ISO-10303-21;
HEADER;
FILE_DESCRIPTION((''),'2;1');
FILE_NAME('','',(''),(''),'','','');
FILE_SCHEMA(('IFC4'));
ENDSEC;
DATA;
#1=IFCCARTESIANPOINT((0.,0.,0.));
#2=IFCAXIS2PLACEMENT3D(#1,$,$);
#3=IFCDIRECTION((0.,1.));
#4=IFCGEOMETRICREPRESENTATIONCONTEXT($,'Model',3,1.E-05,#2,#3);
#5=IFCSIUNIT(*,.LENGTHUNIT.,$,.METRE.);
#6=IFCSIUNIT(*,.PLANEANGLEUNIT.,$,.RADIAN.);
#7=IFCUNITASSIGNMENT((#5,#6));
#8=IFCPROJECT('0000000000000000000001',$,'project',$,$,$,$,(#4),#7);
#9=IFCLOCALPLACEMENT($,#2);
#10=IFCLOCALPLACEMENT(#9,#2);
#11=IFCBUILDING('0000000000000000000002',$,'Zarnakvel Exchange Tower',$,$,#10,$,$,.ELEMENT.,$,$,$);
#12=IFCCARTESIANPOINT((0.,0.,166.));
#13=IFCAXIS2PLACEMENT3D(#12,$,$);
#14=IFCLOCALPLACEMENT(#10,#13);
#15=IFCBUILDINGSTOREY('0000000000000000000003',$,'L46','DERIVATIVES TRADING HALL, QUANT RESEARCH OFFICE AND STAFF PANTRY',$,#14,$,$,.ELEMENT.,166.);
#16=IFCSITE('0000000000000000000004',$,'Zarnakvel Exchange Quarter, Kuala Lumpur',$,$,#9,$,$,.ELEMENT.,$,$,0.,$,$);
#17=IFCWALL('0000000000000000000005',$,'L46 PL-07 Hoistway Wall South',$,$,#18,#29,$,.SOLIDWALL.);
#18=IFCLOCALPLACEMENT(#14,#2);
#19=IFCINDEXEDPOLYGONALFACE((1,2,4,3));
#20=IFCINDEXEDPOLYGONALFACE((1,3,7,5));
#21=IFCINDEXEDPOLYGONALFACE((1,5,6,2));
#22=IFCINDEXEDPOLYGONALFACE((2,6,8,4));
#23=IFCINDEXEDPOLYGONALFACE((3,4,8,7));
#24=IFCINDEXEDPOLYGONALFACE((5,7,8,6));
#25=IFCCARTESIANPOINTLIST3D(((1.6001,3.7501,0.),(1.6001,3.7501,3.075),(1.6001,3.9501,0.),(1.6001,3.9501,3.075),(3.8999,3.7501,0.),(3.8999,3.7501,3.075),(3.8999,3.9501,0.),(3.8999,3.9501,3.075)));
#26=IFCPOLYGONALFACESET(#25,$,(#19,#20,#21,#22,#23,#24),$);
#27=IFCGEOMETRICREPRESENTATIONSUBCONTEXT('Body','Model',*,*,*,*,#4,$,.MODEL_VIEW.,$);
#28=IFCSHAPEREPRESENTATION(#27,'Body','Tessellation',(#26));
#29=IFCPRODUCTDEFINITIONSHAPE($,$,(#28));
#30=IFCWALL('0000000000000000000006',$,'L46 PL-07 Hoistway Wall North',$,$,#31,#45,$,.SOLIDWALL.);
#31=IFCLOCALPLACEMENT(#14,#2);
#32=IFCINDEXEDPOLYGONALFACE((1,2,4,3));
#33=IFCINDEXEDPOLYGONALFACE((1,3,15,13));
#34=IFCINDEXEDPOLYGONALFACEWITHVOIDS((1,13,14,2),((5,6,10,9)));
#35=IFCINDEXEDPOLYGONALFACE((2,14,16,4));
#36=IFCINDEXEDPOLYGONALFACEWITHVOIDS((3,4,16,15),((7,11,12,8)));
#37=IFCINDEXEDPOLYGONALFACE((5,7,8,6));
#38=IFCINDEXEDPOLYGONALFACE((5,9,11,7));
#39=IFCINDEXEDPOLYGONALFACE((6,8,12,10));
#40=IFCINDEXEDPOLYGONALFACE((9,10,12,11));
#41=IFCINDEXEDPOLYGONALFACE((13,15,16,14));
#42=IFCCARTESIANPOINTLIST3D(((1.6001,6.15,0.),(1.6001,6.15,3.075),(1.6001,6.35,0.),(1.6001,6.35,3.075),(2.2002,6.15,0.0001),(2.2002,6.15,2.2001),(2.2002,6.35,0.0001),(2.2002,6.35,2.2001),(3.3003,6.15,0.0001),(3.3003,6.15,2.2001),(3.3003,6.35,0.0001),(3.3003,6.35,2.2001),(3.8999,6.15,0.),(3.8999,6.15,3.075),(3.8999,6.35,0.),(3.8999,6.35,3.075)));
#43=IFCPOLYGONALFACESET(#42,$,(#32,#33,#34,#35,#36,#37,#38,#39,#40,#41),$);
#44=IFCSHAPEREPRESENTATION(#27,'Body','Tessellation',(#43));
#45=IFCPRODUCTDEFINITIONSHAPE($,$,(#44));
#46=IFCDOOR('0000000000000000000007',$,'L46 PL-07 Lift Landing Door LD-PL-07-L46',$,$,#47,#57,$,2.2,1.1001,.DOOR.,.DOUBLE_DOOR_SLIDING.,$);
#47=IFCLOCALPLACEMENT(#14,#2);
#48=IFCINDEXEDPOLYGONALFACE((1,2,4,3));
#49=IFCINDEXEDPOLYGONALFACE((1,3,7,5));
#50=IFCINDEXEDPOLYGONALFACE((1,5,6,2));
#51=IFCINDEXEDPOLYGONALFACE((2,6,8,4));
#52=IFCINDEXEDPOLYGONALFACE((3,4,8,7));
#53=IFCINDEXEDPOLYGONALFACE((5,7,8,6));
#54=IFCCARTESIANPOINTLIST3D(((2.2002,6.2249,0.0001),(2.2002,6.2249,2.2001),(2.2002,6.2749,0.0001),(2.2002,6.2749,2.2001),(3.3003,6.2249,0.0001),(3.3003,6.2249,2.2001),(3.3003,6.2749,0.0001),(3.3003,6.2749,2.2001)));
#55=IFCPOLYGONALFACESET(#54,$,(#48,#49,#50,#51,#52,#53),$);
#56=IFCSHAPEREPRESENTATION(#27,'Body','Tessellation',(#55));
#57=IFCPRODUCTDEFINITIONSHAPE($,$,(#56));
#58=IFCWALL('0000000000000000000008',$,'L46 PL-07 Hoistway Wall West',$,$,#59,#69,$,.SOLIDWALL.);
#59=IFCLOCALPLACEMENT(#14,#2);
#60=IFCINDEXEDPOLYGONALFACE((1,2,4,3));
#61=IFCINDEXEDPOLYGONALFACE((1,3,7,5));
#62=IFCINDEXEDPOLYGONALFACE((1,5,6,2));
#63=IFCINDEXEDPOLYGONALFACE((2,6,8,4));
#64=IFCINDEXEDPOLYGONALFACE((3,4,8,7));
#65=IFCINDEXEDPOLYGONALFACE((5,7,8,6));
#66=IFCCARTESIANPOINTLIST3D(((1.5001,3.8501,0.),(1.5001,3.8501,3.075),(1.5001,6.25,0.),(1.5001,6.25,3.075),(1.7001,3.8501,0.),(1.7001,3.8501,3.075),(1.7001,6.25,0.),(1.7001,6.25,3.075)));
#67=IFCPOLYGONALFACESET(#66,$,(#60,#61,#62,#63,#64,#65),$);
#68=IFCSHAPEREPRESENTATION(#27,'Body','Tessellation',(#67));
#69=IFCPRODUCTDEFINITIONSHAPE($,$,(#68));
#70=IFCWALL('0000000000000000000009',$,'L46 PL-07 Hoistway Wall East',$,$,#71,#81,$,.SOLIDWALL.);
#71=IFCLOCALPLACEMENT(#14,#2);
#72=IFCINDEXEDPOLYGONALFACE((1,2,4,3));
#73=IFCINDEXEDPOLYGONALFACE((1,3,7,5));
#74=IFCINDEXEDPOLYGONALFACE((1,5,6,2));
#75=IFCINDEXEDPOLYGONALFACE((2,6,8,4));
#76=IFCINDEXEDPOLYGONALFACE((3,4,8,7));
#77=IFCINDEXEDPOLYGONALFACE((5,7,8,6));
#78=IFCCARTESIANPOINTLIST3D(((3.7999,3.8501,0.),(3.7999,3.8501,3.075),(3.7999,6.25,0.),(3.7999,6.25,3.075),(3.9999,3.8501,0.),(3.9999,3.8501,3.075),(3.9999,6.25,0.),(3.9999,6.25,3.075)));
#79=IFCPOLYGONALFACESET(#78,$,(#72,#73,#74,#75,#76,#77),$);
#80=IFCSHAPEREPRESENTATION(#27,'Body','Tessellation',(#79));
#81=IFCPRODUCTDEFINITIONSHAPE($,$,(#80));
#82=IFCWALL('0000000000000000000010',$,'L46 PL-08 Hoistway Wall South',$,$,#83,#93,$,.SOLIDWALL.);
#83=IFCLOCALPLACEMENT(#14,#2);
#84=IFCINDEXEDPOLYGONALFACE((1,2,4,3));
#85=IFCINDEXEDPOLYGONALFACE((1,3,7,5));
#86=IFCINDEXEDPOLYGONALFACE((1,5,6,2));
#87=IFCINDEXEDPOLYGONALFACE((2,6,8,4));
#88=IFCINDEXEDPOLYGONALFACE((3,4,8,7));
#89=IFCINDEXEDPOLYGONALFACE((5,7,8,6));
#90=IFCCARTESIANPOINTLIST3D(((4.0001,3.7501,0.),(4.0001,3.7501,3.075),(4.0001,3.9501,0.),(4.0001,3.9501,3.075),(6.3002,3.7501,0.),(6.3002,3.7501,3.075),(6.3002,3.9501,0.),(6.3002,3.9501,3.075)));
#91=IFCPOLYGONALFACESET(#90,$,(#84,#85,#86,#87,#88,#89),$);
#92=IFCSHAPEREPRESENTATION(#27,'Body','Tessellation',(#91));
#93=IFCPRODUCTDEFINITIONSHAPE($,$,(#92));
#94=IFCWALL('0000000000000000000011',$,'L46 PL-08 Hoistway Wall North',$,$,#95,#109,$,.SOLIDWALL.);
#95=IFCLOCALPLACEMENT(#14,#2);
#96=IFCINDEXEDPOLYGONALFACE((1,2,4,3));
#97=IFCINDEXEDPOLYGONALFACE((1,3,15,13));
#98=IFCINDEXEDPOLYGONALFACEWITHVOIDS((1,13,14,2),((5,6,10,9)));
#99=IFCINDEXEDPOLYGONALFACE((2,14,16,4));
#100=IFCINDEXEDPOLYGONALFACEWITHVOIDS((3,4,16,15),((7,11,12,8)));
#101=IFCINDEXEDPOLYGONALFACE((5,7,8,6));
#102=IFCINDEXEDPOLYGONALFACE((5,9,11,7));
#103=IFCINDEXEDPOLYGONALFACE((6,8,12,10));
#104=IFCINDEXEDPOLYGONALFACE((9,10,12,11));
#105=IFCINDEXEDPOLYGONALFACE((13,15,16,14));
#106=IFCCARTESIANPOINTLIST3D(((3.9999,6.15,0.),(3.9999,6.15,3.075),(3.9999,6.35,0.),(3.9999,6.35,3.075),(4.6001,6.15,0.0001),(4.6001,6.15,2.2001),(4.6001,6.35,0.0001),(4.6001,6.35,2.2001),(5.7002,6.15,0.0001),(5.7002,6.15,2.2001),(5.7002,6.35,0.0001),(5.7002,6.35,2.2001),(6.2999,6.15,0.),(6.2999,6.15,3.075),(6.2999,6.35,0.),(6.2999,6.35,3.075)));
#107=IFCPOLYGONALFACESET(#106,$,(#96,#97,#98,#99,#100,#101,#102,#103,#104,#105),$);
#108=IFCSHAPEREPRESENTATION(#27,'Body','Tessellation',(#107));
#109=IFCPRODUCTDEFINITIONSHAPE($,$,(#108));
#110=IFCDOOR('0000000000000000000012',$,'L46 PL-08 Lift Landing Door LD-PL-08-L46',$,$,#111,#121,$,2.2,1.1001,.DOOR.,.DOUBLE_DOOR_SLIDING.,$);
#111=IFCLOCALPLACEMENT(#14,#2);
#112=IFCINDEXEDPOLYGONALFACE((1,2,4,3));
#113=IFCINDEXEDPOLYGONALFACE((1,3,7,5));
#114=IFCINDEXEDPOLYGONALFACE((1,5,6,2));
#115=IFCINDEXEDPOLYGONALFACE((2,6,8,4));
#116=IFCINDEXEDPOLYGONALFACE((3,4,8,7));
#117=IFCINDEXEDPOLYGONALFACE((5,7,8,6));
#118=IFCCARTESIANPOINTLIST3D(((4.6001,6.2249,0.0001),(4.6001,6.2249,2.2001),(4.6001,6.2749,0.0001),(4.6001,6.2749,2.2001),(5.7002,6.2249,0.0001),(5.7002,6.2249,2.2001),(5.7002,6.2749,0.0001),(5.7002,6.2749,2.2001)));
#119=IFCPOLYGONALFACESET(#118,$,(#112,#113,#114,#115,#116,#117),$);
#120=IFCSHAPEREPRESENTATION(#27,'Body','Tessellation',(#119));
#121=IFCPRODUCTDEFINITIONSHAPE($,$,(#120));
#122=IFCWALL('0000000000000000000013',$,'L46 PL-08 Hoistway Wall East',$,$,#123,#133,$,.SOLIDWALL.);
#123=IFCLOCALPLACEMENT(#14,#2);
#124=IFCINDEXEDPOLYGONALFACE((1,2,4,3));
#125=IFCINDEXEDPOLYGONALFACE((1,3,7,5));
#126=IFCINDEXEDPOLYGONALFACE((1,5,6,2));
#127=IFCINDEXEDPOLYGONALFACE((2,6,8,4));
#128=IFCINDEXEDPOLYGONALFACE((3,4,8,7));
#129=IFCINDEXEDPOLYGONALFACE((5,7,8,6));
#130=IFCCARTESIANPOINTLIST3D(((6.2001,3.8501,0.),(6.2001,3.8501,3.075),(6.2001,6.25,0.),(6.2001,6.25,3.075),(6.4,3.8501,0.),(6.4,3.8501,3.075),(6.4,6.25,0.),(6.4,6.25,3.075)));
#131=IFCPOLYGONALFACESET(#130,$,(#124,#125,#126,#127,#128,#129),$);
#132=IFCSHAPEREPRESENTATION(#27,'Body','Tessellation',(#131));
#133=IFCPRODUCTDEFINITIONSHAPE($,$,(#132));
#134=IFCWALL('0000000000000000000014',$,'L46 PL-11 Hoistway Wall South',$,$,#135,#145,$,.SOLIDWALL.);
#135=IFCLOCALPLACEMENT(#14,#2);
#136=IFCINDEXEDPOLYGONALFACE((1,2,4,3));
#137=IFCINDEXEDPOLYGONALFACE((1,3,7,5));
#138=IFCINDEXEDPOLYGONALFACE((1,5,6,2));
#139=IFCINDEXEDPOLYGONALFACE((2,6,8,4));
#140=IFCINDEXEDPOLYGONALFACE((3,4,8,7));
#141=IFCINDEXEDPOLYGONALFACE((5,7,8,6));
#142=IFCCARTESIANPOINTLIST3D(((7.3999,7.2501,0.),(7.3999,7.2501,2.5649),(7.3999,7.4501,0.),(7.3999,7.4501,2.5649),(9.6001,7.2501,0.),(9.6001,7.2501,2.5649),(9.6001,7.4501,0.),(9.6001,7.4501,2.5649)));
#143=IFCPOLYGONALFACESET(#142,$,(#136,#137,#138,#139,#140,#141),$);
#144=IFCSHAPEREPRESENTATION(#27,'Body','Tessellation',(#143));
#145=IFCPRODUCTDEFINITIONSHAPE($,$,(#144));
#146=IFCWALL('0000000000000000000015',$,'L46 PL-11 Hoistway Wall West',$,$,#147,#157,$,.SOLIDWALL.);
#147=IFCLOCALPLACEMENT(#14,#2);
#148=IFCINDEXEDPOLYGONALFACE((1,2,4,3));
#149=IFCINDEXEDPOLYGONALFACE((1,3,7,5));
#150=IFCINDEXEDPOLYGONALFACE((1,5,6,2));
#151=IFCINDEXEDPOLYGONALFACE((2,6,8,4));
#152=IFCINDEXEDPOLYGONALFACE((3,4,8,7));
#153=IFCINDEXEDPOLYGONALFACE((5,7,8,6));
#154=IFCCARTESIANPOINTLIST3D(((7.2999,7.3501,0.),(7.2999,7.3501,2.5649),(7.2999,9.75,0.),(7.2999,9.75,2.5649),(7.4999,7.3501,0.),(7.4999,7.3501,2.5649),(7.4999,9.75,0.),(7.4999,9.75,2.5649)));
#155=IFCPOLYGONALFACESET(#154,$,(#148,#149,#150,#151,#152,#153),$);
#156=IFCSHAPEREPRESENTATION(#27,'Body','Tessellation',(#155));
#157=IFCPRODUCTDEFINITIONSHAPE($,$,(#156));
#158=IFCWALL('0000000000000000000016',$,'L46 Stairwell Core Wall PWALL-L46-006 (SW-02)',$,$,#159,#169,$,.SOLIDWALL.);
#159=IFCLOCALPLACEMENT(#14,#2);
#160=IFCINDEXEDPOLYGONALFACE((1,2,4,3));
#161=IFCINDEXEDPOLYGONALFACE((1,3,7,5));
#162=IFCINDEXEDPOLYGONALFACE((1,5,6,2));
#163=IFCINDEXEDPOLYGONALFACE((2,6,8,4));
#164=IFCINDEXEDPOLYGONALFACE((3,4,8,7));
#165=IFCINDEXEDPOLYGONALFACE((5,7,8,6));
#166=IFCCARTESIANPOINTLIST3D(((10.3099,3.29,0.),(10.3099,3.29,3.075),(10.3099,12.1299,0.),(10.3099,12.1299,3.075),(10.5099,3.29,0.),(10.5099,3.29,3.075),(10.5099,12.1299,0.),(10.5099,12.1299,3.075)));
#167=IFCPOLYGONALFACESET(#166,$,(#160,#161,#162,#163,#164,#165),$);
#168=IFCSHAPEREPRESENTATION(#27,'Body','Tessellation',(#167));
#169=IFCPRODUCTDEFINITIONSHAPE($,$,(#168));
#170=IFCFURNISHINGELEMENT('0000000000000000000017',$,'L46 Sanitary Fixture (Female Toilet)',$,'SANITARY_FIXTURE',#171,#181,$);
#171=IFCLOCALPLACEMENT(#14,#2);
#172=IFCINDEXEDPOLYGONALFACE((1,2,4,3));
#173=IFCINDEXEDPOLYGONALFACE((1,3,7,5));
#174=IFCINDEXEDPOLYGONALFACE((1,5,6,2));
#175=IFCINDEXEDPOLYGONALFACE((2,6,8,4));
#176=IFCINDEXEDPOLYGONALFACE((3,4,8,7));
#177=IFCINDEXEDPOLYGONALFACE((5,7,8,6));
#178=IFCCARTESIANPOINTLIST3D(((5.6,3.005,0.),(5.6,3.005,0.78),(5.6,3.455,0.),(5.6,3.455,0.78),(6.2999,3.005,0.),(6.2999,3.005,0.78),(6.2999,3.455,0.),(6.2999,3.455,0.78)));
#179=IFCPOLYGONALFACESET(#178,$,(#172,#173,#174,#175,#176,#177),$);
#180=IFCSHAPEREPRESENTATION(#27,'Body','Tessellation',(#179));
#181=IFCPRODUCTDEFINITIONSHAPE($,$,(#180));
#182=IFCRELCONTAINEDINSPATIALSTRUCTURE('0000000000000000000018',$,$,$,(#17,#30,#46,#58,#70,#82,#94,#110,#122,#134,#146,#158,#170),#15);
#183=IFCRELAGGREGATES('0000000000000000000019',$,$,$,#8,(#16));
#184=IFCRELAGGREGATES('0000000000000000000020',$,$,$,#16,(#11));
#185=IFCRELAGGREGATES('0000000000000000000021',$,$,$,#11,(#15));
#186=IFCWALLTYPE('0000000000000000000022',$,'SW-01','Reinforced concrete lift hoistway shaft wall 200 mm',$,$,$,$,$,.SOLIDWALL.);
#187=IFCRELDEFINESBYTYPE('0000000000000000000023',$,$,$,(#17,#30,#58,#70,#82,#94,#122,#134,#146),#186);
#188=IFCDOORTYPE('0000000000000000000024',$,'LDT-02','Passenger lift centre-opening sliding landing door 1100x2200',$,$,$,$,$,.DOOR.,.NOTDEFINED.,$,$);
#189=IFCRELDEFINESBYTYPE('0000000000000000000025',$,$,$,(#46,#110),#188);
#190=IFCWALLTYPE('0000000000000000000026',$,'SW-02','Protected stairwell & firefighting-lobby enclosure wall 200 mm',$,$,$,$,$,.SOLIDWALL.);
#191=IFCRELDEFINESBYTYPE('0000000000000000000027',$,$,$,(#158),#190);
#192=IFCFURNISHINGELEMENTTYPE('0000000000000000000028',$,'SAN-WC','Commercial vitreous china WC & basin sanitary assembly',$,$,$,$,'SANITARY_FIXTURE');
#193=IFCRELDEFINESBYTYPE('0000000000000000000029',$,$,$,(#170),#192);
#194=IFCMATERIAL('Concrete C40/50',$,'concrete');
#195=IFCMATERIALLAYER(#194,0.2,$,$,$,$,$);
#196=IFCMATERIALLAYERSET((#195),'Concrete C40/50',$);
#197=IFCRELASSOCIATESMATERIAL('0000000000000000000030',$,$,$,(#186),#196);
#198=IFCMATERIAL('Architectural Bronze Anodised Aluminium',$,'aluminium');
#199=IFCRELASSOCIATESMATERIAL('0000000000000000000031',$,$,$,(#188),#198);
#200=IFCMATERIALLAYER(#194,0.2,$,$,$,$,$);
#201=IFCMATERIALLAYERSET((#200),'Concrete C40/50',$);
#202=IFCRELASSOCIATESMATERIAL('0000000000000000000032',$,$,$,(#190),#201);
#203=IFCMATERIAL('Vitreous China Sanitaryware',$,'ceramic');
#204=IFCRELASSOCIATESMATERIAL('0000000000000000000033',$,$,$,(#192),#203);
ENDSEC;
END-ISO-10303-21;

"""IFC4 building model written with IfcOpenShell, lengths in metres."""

from ifc_helpers import new_model, si_unit, direction, frame, frame_2d, origin, origin_2d, place, context, subcontext, project, spatial, rectangle, extrude, source, transform, mapped, material, layer, layer_set, type_object, element, fill, save


model = new_model("IFC4")

# Units and contexts
model_context = context("Model", 3, precision=1e-05, world=origin(), true_north=direction((0.0, 1.0)))
body_context = subcontext(model_context, "Body", "Model", "MODEL_VIEW")
ifc_project = project(units=[si_unit("LENGTHUNIT", "METRE"), si_unit("PLANEANGLEUNIT", "RADIAN")], contexts=[model_context])

# Site, building, storey
site_placement = place(None, origin())
site = spatial("IfcSite", under=ifc_project, at=site_placement, Name="Zarnakvel Exchange Quarter, Kuala Lumpur", CompositionType="ELEMENT", RefElevation=0.0)
building_placement = place(site_placement, origin())
building = spatial("IfcBuilding", under=site, at=building_placement, Name="Zarnakvel Exchange Tower", CompositionType="ELEMENT")
storey_placement = place(building_placement, frame((0.0, 0.0, 166.0)))
storey = spatial("IfcBuildingStorey", under=building, at=storey_placement, Name="L46", Description="DERIVATIVES TRADING HALL, QUANT RESEARCH OFFICE AND STAFF PANTRY", CompositionType="ELEMENT", Elevation=166.0)

# Shared definitions
ifc_material_1 = material(Name="Concrete C40/50", Category="concrete")
ifc_layer_1 = layer(ifc_material_1, 0.2)
ifc_layer_set_1 = layer_set([ifc_layer_1], Name="Concrete C40/50")
wall_type_1 = type_object("IfcWallType", Name="SW-01", Description="Reinforced concrete lift hoistway shaft wall 200 mm", PredefinedType="SOLIDWALL", material=ifc_layer_set_1)
shared_shape_1 = source(origin(), body_context, "Body", "SweptSolid", [
    extrude(rectangle(XDim=1.1001, YDim=2.2, at=frame_2d((0.55, 1.1001))), frame((0.0, 0.0249, 0.0), z_axis=(0.0, -1.0, 0.0), x_axis=(1.0, 0.0, 0.0)), (0.0, 0.0, 1.0), 0.05),
])

# Wall
wall_1_placement = place(storey_placement, frame((3.8999, 3.8501, 0.0), z_axis=(0.0, 0.0, 1.0), x_axis=(-1.0, 0.0, 0.0)))
element("IfcWall", 1, at=wall_1_placement, inside=storey, type_object=wall_type_1, Name="L46 PL-07 Hoistway Wall South", PredefinedType="SOLIDWALL", context=body_context, shape_type="SweptSolid", body=[
    extrude(rectangle(XDim=2.2998, YDim=0.2, at=frame_2d((1.1499, 0.0))), origin(), (0.0, 0.0, 1.0), 3.075),
])

# Wall, opening, door
wall_2_placement = place(storey_placement, frame((1.6001, 6.25, 0.0), z_axis=(0.0, 0.0, 1.0), x_axis=(1.0, 0.0, 0.0)))
wall_2 = element("IfcWall", 2, at=wall_2_placement, inside=storey, type_object=wall_type_1, Name="L46 PL-07 Hoistway Wall North", PredefinedType="SOLIDWALL", context=body_context, shape_type="SweptSolid", body=[
    extrude(rectangle(XDim=2.2998, YDim=0.2, at=frame_2d((1.1499, 0.0))), origin(), (0.0, 0.0, 1.0), 3.075),
])
opening_1_placement = place(wall_2_placement, frame((0.6001, 0.0, 0.0)))
opening_1 = element("IfcOpeningElement", 3, at=opening_1_placement, cuts=wall_2, PredefinedType="OPENING", context=body_context, shape_type="SweptSolid", body=[
    extrude(rectangle(XDim=1.1001, YDim=2.2, at=frame_2d((0.55, 1.1001))), frame((0.0, 0.1099, 0.0), z_axis=(0.0, -1.0, 0.0), x_axis=(1.0, 0.0, 0.0)), (0.0, 0.0, 1.0), 0.22),
])
ifc_material_2 = material(Name="Architectural Bronze Anodised Aluminium", Category="aluminium")
door_type_1 = type_object("IfcDoorType", Name="LDT-02", Description="Passenger lift centre-opening sliding landing door 1100x2200", OperationType="NOTDEFINED", PredefinedType="DOOR", material=ifc_material_2)
door_1_placement = place(opening_1_placement, origin())
door_1 = element("IfcDoor", 4, at=door_1_placement, inside=storey, type_object=door_type_1, Name="L46 PL-07 Lift Landing Door LD-PL-07-L46", OperationType="DOUBLE_DOOR_SLIDING", OverallHeight=2.2, OverallWidth=1.1001, PredefinedType="DOOR", context=body_context, shape_type="MappedRepresentation", body=[
    mapped(shared_shape_1, transform((0.0, 0.0, 0.0), x_axis=(1.0, 0.0, 0.0), y_axis=(0.0, 1.0, 0.0), z_axis=(0.0, 0.0, 1.0), scale=1.0)),
])
fill(opening_1, door_1)

# Walls
for number, where, z_axis, x_axis, name in (
    (5, (1.6001, 3.8501, 0.0), (0.0, 0.0, 1.0), (0.0, 1.0, 0.0), "L46 PL-07 Hoistway Wall West"),
    (6, (3.8999, 6.25, 0.0), (0.0, 0.0, 1.0), (0.0, -1.0, 0.0), "L46 PL-07 Hoistway Wall East"),
):
    element("IfcWall", number, at=place(storey_placement, frame(where, z_axis=z_axis, x_axis=x_axis)), inside=storey, type_object=wall_type_1, Name=name, PredefinedType="SOLIDWALL", context=body_context, shape_type="SweptSolid", body=[
        extrude(rectangle(XDim=2.3999, YDim=0.2, at=frame_2d((1.2, 0.0))), origin(), (0.0, 0.0, 1.0), 3.075),
    ])
wall_3_placement = place(storey_placement, frame((6.3, 3.8501, 0.0), z_axis=(0.0, 0.0, 1.0), x_axis=(-1.0, 0.0, 0.0)))
element("IfcWall", 7, at=wall_3_placement, inside=storey, type_object=wall_type_1, Name="L46 PL-08 Hoistway Wall South", PredefinedType="SOLIDWALL", context=body_context, shape_type="SweptSolid", body=[
    extrude(rectangle(XDim=2.3, YDim=0.2, at=frame_2d((1.1499, 0.0))), origin(), (0.0, 0.0, 1.0), 3.075),
])

# Wall, opening, door
wall_4_placement = place(storey_placement, frame((4.0, 6.25, 0.0), z_axis=(0.0, 0.0, 1.0), x_axis=(1.0, 0.0, 0.0)))
wall_4 = element("IfcWall", 8, at=wall_4_placement, inside=storey, type_object=wall_type_1, Name="L46 PL-08 Hoistway Wall North", PredefinedType="SOLIDWALL", context=body_context, shape_type="SweptSolid", body=[
    extrude(rectangle(XDim=2.3, YDim=0.2, at=frame_2d((1.1499, 0.0))), origin(), (0.0, 0.0, 1.0), 3.075),
])
opening_2_placement = place(wall_4_placement, frame((0.6001, 0.0, 0.0)))
opening_2 = element("IfcOpeningElement", 9, at=opening_2_placement, cuts=wall_4, PredefinedType="OPENING", context=body_context, shape_type="SweptSolid", body=[
    extrude(rectangle(XDim=1.1001, YDim=2.2, at=frame_2d((0.55, 1.1001))), frame((0.0, 0.1099, 0.0), z_axis=(0.0, -1.0, 0.0), x_axis=(1.0, 0.0, 0.0)), (0.0, 0.0, 1.0), 0.22),
])
door_2_placement = place(opening_2_placement, origin())
door_2 = element("IfcDoor", 10, at=door_2_placement, inside=storey, type_object=door_type_1, Name="L46 PL-08 Lift Landing Door LD-PL-08-L46", OperationType="DOUBLE_DOOR_SLIDING", OverallHeight=2.2, OverallWidth=1.1001, PredefinedType="DOOR", context=body_context, shape_type="MappedRepresentation", body=[
    mapped(shared_shape_1, transform((0.0, 0.0, 0.0), x_axis=(1.0, 0.0, 0.0), y_axis=(0.0, 1.0, 0.0), z_axis=(0.0, 0.0, 1.0), scale=1.0)),
])
fill(opening_2, door_2)

# Walls
wall_5_placement = place(storey_placement, frame((6.3, 6.25, 0.0), z_axis=(0.0, 0.0, 1.0), x_axis=(0.0, -1.0, 0.0)))
element("IfcWall", 11, at=wall_5_placement, inside=storey, type_object=wall_type_1, Name="L46 PL-08 Hoistway Wall East", PredefinedType="SOLIDWALL", context=body_context, shape_type="SweptSolid", body=[
    extrude(rectangle(XDim=2.3999, YDim=0.2, at=frame_2d((1.2, 0.0))), origin(), (0.0, 0.0, 1.0), 3.075),
])
wall_6_placement = place(storey_placement, frame((9.6001, 7.3501, 0.0), z_axis=(0.0, 0.0, 1.0), x_axis=(-1.0, 0.0, 0.0)))
element("IfcWall", 12, at=wall_6_placement, inside=storey, type_object=wall_type_1, Name="L46 PL-11 Hoistway Wall South", PredefinedType="SOLIDWALL", context=body_context, shape_type="SweptSolid", body=[
    extrude(rectangle(XDim=2.2002, YDim=0.2, at=frame_2d((1.1001, 0.0))), origin(), (0.0, 0.0, 1.0), 2.5649),
])
wall_7_placement = place(storey_placement, frame((7.3999, 7.3501, 0.0), z_axis=(0.0, 0.0, 1.0), x_axis=(0.0, 1.0, 0.0)))
element("IfcWall", 13, at=wall_7_placement, inside=storey, type_object=wall_type_1, Name="L46 PL-11 Hoistway Wall West", PredefinedType="SOLIDWALL", context=body_context, shape_type="SweptSolid", body=[
    extrude(rectangle(XDim=2.3999, YDim=0.2, at=frame_2d((1.2, 0.0))), origin(), (0.0, 0.0, 1.0), 2.5649),
])
ifc_layer_2 = layer(ifc_material_1, 0.2)
ifc_layer_set_2 = layer_set([ifc_layer_2], Name="Concrete C40/50")
wall_type_2 = type_object("IfcWallType", Name="SW-02", Description="Protected stairwell & firefighting-lobby enclosure wall 200 mm", PredefinedType="SOLIDWALL", material=ifc_layer_set_2)
wall_8_placement = place(storey_placement, frame((10.4099, 3.29, 0.0), z_axis=(0.0, 0.0, 1.0), x_axis=(0.0, 1.0, 0.0)))
element("IfcWall", 14, at=wall_8_placement, inside=storey, type_object=wall_type_2, Name="L46 Stairwell Core Wall PWALL-L46-006 (SW-02)", PredefinedType="SOLIDWALL", context=body_context, shape_type="SweptSolid", body=[
    extrude(rectangle(XDim=8.8398, YDim=0.2, at=frame_2d((4.4199, 0.0))), origin(), (0.0, 0.0, 1.0), 3.075),
])

# Furnishing element
ifc_material_3 = material(Name="Vitreous China Sanitaryware", Category="ceramic")
furnishing_element_type = type_object("IfcFurnishingElementType", Name="SAN-WC", Description="Commercial vitreous china WC & basin sanitary assembly", ElementType="SANITARY_FIXTURE", material=ifc_material_3)
shared_shape_2 = source(origin(), body_context, "Body", "SweptSolid", [
    extrude(rectangle(XDim=0.7, YDim=0.45, at=origin_2d()), origin(), (0.0, 0.0, 1.0), 0.78),
])
for number, where, z_axis, x_axis, name in (
    (15, (5.95, 3.23, 0.0), (0.0, 0.0, 1.0), (1.0, 0.0, 0.0), "L46 Sanitary Fixture (Female Toilet)"),
):
    element("IfcFurnishingElement", number, at=place(storey_placement, frame(where, z_axis=z_axis, x_axis=x_axis)), inside=storey, type_object=furnishing_element_type, Name=name, ObjectType="SANITARY_FIXTURE", context=body_context, shape_type="MappedRepresentation", body=[
        mapped(shared_shape_2, transform((0.0, 0.0, 0.0), x_axis=(1.0, 0.0, 0.0), y_axis=(0.0, 1.0, 0.0), z_axis=(0.0, 0.0, 1.0), scale=1.0)),
    ])

save(model, "model.ifc")
